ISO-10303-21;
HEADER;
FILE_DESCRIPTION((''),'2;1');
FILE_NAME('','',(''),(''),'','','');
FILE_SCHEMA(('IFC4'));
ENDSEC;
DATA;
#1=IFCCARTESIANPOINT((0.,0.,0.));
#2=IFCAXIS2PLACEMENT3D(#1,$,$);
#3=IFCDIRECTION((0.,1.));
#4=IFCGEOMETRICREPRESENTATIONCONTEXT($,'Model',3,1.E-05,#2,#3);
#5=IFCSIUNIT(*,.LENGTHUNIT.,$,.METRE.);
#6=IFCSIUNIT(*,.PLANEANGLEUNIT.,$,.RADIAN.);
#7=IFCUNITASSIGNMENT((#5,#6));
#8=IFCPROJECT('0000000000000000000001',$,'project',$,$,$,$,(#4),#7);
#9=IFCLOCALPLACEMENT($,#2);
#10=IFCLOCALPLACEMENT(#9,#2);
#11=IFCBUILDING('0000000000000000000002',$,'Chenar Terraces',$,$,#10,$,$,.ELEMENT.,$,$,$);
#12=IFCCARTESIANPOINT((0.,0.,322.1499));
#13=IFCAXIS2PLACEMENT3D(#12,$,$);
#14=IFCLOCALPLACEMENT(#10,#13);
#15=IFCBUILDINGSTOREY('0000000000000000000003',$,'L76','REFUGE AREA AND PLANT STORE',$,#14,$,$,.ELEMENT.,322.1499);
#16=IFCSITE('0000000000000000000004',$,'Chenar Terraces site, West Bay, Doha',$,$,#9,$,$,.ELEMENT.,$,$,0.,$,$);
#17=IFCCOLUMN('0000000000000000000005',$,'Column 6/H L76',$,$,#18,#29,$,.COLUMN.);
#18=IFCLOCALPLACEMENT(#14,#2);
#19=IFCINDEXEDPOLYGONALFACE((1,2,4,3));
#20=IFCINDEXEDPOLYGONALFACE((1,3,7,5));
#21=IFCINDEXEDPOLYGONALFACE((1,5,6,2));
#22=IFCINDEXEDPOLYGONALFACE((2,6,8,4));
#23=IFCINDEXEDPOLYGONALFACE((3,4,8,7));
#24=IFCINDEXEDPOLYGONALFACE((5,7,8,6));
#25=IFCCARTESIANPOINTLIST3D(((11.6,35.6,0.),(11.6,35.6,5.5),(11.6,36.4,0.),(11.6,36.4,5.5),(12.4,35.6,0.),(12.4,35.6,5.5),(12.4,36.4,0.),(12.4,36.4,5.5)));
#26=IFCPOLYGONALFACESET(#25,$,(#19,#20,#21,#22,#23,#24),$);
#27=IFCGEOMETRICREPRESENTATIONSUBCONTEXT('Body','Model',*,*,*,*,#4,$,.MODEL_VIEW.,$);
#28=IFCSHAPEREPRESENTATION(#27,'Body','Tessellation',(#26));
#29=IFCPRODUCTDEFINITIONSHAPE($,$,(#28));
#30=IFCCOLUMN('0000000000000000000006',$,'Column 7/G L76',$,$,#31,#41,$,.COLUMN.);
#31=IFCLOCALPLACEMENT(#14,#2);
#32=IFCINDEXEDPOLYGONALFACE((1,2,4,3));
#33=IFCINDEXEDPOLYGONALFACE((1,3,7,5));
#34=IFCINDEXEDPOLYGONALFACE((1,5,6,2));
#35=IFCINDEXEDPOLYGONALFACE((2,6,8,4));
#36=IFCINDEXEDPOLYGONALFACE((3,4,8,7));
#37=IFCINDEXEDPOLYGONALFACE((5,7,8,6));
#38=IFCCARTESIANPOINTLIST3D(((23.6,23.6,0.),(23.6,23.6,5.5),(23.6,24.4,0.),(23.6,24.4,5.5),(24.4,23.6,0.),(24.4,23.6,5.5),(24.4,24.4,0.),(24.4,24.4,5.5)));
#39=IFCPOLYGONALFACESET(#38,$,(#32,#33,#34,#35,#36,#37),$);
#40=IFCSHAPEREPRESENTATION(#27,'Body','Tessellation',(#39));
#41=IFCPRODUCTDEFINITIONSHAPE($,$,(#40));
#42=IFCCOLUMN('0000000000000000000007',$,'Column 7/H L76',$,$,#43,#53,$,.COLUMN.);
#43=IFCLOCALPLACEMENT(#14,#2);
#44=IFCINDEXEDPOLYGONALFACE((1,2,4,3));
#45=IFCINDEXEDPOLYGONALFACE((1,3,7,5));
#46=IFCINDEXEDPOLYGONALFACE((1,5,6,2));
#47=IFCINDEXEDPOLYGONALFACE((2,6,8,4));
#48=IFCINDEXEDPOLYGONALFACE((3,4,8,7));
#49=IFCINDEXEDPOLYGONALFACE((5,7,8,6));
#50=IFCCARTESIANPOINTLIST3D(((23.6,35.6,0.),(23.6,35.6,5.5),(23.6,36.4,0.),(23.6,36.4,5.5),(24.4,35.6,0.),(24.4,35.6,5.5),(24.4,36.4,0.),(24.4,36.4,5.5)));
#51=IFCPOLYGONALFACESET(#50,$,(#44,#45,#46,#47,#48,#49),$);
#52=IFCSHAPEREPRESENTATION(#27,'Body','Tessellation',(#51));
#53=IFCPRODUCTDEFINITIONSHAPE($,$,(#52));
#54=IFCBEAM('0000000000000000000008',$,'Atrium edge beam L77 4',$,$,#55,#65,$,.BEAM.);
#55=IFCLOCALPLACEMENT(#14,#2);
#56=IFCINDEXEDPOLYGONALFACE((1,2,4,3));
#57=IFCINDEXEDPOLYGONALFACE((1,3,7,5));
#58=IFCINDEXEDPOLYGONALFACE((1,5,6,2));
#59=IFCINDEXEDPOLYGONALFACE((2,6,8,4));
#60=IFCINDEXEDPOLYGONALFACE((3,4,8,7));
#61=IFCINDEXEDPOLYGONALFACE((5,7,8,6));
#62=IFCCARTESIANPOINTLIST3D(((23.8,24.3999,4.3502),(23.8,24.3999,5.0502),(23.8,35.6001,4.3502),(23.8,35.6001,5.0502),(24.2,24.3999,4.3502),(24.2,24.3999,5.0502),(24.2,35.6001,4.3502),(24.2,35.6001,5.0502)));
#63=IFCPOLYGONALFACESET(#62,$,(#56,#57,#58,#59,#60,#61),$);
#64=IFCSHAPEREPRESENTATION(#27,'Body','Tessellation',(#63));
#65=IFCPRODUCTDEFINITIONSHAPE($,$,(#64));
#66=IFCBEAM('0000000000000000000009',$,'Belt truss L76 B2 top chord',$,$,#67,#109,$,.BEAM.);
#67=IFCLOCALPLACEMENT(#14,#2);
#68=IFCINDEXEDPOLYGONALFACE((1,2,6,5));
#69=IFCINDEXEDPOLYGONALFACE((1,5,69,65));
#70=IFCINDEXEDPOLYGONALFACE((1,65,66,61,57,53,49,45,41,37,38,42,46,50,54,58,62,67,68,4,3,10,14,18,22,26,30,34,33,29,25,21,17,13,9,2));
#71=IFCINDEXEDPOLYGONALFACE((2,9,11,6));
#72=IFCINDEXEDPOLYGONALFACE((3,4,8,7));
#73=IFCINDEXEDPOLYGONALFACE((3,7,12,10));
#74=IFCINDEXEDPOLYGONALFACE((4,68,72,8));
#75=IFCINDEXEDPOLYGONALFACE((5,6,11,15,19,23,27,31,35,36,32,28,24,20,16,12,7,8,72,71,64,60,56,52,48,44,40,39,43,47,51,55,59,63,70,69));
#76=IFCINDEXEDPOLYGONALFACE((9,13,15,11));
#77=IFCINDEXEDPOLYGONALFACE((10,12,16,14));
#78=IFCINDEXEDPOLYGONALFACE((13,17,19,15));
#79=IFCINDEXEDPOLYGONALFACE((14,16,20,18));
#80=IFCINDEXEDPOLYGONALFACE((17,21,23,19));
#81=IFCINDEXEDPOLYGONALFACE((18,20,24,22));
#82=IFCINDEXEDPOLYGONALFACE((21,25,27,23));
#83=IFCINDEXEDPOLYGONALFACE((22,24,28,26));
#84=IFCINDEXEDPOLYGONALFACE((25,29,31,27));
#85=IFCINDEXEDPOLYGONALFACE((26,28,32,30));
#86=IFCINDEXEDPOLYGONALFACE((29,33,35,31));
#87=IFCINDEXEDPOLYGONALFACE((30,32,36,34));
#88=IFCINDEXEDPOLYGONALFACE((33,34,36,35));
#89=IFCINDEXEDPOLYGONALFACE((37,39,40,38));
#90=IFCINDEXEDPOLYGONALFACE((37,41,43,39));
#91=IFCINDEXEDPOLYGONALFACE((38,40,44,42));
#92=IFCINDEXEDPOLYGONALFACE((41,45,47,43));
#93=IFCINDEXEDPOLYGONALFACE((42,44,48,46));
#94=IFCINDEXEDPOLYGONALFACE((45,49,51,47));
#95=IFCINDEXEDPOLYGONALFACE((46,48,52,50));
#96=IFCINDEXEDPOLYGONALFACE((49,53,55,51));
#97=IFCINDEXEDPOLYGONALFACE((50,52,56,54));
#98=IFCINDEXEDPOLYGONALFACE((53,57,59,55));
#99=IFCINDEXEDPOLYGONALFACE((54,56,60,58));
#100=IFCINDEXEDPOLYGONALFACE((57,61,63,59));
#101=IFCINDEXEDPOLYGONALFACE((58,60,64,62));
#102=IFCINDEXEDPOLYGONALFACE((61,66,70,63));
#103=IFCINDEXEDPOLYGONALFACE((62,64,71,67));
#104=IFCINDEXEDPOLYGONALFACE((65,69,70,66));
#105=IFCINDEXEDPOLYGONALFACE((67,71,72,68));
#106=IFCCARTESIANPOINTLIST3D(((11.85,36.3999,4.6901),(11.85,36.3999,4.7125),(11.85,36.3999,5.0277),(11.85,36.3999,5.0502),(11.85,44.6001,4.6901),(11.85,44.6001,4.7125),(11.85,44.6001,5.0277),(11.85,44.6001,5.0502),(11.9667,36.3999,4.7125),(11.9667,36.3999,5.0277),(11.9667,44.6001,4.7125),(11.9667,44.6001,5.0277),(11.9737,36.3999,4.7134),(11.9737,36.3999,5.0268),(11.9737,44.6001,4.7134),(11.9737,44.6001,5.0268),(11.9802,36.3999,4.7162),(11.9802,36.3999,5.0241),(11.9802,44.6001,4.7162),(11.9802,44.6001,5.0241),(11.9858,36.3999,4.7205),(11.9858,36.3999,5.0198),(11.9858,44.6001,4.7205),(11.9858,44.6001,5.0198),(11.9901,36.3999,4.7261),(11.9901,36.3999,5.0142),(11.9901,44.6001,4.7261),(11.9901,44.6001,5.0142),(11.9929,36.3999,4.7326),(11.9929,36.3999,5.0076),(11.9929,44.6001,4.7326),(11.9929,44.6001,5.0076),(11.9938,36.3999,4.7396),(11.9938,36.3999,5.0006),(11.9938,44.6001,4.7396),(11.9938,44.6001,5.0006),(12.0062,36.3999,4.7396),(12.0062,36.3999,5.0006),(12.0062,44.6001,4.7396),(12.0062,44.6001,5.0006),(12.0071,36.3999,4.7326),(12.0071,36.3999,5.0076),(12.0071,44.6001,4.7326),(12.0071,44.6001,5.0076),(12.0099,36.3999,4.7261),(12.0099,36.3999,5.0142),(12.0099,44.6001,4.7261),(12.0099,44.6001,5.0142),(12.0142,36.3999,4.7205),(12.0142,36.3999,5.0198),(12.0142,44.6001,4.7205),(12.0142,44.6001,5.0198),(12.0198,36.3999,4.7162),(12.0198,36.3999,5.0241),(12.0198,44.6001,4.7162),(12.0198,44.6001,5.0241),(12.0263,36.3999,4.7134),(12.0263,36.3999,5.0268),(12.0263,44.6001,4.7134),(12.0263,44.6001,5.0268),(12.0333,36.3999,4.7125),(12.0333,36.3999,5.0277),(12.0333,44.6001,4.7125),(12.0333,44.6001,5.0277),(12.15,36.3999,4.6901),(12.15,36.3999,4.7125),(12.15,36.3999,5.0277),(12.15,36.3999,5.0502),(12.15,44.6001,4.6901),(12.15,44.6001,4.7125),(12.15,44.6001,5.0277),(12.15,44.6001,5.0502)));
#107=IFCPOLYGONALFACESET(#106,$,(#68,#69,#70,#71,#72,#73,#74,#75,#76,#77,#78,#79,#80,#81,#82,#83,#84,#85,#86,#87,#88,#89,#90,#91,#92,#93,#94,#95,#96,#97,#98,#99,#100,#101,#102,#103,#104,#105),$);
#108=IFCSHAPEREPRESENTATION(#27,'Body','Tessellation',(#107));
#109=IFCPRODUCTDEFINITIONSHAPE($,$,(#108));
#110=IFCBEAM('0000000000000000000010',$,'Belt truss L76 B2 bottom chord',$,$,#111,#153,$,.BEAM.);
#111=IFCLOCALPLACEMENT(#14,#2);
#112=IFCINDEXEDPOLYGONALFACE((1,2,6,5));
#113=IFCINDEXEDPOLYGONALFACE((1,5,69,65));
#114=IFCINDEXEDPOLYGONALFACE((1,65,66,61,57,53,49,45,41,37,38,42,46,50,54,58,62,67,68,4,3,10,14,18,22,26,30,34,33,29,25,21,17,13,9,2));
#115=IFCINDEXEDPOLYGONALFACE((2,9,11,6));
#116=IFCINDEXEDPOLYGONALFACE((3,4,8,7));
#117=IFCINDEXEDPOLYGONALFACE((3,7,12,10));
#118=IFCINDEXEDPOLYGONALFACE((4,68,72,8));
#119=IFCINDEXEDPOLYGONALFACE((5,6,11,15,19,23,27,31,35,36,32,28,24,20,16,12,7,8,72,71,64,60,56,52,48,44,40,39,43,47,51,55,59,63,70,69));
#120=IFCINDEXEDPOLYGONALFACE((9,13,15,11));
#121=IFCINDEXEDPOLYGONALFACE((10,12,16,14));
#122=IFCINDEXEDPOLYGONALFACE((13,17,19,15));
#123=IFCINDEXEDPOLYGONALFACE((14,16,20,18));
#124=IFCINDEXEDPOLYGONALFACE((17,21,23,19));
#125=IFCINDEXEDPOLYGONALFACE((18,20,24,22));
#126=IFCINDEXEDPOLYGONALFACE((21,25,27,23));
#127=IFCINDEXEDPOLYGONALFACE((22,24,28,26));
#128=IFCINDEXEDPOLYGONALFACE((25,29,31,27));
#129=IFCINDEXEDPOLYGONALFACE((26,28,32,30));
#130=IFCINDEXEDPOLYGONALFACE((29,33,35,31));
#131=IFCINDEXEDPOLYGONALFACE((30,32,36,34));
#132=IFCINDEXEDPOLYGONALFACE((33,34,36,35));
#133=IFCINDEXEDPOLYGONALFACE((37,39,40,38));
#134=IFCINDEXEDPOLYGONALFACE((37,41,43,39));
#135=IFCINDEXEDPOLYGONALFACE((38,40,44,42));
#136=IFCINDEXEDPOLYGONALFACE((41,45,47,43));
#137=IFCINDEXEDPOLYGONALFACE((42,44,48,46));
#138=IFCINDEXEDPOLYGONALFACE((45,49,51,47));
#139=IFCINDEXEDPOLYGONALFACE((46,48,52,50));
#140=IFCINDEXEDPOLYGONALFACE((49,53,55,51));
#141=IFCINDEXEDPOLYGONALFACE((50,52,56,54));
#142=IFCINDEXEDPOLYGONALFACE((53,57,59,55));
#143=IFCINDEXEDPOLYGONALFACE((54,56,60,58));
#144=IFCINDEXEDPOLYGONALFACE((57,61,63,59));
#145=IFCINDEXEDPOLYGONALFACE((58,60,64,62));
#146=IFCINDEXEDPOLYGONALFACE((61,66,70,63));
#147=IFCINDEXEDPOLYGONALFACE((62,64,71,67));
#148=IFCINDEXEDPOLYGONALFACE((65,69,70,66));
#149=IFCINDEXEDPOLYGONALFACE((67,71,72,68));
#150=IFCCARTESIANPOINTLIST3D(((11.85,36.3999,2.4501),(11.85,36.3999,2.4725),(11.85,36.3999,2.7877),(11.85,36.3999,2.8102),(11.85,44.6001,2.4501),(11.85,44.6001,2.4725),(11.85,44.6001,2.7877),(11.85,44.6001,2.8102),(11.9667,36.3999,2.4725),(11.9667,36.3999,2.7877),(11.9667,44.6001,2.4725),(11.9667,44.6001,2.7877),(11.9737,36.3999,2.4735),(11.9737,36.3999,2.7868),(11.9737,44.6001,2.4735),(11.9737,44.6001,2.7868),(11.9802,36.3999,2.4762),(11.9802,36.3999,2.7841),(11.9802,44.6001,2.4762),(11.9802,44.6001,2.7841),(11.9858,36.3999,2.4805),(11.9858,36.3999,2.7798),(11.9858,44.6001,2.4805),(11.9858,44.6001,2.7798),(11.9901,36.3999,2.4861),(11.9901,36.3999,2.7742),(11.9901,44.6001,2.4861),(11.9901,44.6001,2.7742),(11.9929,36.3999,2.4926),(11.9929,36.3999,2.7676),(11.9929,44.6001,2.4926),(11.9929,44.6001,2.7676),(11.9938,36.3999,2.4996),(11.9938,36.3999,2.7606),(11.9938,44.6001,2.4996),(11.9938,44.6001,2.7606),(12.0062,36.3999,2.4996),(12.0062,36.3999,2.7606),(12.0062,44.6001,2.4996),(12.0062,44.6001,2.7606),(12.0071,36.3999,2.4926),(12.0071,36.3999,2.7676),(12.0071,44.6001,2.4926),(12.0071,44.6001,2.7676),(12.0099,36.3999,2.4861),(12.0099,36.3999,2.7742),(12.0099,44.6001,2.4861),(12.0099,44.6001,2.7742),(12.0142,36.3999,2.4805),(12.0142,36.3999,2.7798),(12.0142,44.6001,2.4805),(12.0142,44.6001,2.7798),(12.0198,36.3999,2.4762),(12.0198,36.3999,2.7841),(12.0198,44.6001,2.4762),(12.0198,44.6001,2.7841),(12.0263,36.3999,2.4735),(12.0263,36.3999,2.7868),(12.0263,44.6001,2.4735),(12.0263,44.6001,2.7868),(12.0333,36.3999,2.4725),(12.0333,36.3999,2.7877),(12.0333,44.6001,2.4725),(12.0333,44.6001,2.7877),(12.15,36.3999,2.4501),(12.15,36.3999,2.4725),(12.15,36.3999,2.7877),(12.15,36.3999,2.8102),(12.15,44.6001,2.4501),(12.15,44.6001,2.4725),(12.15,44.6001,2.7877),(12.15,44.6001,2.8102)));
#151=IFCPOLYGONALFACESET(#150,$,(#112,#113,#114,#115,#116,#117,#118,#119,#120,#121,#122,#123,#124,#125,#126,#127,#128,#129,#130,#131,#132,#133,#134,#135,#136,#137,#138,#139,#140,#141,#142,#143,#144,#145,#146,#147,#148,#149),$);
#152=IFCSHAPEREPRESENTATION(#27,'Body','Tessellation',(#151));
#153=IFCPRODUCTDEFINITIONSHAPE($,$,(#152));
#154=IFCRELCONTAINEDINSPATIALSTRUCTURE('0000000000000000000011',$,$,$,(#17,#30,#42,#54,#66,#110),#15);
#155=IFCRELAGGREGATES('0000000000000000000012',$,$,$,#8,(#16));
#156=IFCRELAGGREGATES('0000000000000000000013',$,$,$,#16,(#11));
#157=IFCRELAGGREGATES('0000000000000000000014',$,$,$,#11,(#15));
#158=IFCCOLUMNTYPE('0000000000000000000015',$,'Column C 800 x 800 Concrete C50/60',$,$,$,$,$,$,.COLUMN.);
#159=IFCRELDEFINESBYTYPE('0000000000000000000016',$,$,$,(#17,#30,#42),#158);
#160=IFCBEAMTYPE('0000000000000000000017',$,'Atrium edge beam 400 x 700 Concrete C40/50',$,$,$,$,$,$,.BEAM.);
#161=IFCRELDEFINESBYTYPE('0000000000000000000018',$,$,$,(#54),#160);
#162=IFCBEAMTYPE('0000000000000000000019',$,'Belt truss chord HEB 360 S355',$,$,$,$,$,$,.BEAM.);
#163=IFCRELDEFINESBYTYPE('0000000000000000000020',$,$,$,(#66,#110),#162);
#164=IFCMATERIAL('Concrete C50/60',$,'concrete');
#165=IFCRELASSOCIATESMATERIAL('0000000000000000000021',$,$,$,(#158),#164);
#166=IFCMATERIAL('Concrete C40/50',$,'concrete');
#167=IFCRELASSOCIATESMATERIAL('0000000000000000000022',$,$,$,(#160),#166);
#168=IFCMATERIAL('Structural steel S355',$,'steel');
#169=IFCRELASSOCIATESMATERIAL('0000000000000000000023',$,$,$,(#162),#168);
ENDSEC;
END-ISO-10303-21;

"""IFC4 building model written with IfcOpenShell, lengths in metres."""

from ifc_helpers import new_model, si_unit, direction, frame, origin, origin_2d, place, context, subcontext, project, spatial, rectangle, i_section, extrude, material, material_profile, profile_set, type_object, element, save


model = new_model("IFC4")

# Units and contexts
model_context = context("Model", 3, precision=1e-05, world=origin(), true_north=direction((0.0, 1.0)))
body_context = subcontext(model_context, "Body", "Model", "MODEL_VIEW")
ifc_project = project(units=[si_unit("LENGTHUNIT", "METRE"), si_unit("PLANEANGLEUNIT", "RADIAN")], contexts=[model_context])

# Site, building, storey
site_placement = place(None, origin())
site = spatial("IfcSite", under=ifc_project, at=site_placement, Name="Chenar Terraces site, West Bay, Doha", CompositionType="ELEMENT", RefElevation=0.0)
building_placement = place(site_placement, origin())
building = spatial("IfcBuilding", under=site, at=building_placement, Name="Chenar Terraces", CompositionType="ELEMENT")
storey_placement = place(building_placement, frame((0.0, 0.0, 322.1499)))
storey = spatial("IfcBuildingStorey", under=building, at=storey_placement, Name="L76", Description="REFUGE AREA AND PLANT STORE", CompositionType="ELEMENT", Elevation=322.1499)

# Columns
ifc_material_1 = material(Name="Concrete C50/60", Category="concrete")
ifc_material_profile_1 = material_profile(ifc_material_1, rectangle(XDim=0.8, YDim=0.8, at=origin_2d()), Name="C 800 x 800")
ifc_profile_set_1 = profile_set([ifc_material_profile_1], Name="Concrete C50/60")
column_type = type_object("IfcColumnType", Name="Column C 800 x 800 Concrete C50/60", PredefinedType="COLUMN", material=ifc_profile_set_1)
for number, where, z_axis, x_axis, name in (
    (1, (12.0, 36.0, 0.0), (0.0, 0.0, 1.0), (1.0, 0.0, 0.0), "Column 6/H L76"),
    (2, (24.0, 24.0, 0.0), (0.0, 0.0, 1.0), (1.0, 0.0, 0.0), "Column 7/G L76"),
    (3, (24.0, 36.0, 0.0), (0.0, 0.0, 1.0), (1.0, 0.0, 0.0), "Column 7/H L76"),
):
    element("IfcColumn", number, at=place(storey_placement, frame(where, z_axis=z_axis, x_axis=x_axis)), inside=storey, type_object=column_type, Name=name, PredefinedType="COLUMN", context=body_context, shape_type="SweptSolid", body=[
        extrude(rectangle(XDim=0.8, YDim=0.8, at=origin_2d()), origin(), (0.0, 0.0, 1.0), 5.5),
    ])

# Beams
ifc_material_2 = material(Name="Concrete C40/50", Category="concrete")
ifc_material_profile_2 = material_profile(ifc_material_2, rectangle(XDim=0.3999, YDim=0.7, at=origin_2d()), Name="RC 400 x 700")
ifc_profile_set_2 = profile_set([ifc_material_profile_2], Name="Concrete C40/50")
beam_type_1 = type_object("IfcBeamType", Name="Atrium edge beam 400 x 700 Concrete C40/50", PredefinedType="BEAM", material=ifc_profile_set_2)
beam_placement = place(storey_placement, frame((24.0, 35.6001, 4.7002), z_axis=(0.0, -1.0, 0.0), x_axis=(1.0, 0.0, 0.0)))
element("IfcBeam", 4, at=beam_placement, inside=storey, type_object=beam_type_1, Name="Atrium edge beam L77 4", PredefinedType="BEAM", context=body_context, shape_type="SweptSolid", body=[
    extrude(rectangle(XDim=0.3999, YDim=0.7, at=origin_2d()), origin(), (0.0, 0.0, 1.0), 11.2002),
])
ifc_material_3 = material(Name="Structural steel S355", Category="steel")
ifc_material_profile_3 = material_profile(ifc_material_3, i_section(OverallWidth=0.3, OverallDepth=0.3601, WebThickness=0.0125, FlangeThickness=0.0225, FilletRadius=0.0271, at=origin_2d()), Name="HEB 360")
ifc_profile_set_3 = profile_set([ifc_material_profile_3], Name="Structural steel S355")
beam_type_2 = type_object("IfcBeamType", Name="Belt truss chord HEB 360 S355", PredefinedType="BEAM", material=ifc_profile_set_3)
for number, where, z_axis, x_axis, name in (
    (5, (12.0, 36.3999, 4.8701), (0.0, 1.0, 0.0), (-1.0, 0.0, 0.0), "Belt truss L76 B2 top chord"),
    (6, (12.0, 36.3999, 2.6301), (0.0, 1.0, 0.0), (-1.0, 0.0, 0.0), "Belt truss L76 B2 bottom chord"),
):
    element("IfcBeam", number, at=place(storey_placement, frame(where, z_axis=z_axis, x_axis=x_axis)), inside=storey, type_object=beam_type_2, Name=name, PredefinedType="BEAM", context=body_context, shape_type="SweptSolid", body=[
        extrude(i_section(OverallWidth=0.3, OverallDepth=0.3601, WebThickness=0.0125, FlangeThickness=0.0225, FilletRadius=0.0271, at=origin_2d()), origin(), (0.0, 0.0, 1.0), 8.2002),
    ])

save(model, "model.ifc")
